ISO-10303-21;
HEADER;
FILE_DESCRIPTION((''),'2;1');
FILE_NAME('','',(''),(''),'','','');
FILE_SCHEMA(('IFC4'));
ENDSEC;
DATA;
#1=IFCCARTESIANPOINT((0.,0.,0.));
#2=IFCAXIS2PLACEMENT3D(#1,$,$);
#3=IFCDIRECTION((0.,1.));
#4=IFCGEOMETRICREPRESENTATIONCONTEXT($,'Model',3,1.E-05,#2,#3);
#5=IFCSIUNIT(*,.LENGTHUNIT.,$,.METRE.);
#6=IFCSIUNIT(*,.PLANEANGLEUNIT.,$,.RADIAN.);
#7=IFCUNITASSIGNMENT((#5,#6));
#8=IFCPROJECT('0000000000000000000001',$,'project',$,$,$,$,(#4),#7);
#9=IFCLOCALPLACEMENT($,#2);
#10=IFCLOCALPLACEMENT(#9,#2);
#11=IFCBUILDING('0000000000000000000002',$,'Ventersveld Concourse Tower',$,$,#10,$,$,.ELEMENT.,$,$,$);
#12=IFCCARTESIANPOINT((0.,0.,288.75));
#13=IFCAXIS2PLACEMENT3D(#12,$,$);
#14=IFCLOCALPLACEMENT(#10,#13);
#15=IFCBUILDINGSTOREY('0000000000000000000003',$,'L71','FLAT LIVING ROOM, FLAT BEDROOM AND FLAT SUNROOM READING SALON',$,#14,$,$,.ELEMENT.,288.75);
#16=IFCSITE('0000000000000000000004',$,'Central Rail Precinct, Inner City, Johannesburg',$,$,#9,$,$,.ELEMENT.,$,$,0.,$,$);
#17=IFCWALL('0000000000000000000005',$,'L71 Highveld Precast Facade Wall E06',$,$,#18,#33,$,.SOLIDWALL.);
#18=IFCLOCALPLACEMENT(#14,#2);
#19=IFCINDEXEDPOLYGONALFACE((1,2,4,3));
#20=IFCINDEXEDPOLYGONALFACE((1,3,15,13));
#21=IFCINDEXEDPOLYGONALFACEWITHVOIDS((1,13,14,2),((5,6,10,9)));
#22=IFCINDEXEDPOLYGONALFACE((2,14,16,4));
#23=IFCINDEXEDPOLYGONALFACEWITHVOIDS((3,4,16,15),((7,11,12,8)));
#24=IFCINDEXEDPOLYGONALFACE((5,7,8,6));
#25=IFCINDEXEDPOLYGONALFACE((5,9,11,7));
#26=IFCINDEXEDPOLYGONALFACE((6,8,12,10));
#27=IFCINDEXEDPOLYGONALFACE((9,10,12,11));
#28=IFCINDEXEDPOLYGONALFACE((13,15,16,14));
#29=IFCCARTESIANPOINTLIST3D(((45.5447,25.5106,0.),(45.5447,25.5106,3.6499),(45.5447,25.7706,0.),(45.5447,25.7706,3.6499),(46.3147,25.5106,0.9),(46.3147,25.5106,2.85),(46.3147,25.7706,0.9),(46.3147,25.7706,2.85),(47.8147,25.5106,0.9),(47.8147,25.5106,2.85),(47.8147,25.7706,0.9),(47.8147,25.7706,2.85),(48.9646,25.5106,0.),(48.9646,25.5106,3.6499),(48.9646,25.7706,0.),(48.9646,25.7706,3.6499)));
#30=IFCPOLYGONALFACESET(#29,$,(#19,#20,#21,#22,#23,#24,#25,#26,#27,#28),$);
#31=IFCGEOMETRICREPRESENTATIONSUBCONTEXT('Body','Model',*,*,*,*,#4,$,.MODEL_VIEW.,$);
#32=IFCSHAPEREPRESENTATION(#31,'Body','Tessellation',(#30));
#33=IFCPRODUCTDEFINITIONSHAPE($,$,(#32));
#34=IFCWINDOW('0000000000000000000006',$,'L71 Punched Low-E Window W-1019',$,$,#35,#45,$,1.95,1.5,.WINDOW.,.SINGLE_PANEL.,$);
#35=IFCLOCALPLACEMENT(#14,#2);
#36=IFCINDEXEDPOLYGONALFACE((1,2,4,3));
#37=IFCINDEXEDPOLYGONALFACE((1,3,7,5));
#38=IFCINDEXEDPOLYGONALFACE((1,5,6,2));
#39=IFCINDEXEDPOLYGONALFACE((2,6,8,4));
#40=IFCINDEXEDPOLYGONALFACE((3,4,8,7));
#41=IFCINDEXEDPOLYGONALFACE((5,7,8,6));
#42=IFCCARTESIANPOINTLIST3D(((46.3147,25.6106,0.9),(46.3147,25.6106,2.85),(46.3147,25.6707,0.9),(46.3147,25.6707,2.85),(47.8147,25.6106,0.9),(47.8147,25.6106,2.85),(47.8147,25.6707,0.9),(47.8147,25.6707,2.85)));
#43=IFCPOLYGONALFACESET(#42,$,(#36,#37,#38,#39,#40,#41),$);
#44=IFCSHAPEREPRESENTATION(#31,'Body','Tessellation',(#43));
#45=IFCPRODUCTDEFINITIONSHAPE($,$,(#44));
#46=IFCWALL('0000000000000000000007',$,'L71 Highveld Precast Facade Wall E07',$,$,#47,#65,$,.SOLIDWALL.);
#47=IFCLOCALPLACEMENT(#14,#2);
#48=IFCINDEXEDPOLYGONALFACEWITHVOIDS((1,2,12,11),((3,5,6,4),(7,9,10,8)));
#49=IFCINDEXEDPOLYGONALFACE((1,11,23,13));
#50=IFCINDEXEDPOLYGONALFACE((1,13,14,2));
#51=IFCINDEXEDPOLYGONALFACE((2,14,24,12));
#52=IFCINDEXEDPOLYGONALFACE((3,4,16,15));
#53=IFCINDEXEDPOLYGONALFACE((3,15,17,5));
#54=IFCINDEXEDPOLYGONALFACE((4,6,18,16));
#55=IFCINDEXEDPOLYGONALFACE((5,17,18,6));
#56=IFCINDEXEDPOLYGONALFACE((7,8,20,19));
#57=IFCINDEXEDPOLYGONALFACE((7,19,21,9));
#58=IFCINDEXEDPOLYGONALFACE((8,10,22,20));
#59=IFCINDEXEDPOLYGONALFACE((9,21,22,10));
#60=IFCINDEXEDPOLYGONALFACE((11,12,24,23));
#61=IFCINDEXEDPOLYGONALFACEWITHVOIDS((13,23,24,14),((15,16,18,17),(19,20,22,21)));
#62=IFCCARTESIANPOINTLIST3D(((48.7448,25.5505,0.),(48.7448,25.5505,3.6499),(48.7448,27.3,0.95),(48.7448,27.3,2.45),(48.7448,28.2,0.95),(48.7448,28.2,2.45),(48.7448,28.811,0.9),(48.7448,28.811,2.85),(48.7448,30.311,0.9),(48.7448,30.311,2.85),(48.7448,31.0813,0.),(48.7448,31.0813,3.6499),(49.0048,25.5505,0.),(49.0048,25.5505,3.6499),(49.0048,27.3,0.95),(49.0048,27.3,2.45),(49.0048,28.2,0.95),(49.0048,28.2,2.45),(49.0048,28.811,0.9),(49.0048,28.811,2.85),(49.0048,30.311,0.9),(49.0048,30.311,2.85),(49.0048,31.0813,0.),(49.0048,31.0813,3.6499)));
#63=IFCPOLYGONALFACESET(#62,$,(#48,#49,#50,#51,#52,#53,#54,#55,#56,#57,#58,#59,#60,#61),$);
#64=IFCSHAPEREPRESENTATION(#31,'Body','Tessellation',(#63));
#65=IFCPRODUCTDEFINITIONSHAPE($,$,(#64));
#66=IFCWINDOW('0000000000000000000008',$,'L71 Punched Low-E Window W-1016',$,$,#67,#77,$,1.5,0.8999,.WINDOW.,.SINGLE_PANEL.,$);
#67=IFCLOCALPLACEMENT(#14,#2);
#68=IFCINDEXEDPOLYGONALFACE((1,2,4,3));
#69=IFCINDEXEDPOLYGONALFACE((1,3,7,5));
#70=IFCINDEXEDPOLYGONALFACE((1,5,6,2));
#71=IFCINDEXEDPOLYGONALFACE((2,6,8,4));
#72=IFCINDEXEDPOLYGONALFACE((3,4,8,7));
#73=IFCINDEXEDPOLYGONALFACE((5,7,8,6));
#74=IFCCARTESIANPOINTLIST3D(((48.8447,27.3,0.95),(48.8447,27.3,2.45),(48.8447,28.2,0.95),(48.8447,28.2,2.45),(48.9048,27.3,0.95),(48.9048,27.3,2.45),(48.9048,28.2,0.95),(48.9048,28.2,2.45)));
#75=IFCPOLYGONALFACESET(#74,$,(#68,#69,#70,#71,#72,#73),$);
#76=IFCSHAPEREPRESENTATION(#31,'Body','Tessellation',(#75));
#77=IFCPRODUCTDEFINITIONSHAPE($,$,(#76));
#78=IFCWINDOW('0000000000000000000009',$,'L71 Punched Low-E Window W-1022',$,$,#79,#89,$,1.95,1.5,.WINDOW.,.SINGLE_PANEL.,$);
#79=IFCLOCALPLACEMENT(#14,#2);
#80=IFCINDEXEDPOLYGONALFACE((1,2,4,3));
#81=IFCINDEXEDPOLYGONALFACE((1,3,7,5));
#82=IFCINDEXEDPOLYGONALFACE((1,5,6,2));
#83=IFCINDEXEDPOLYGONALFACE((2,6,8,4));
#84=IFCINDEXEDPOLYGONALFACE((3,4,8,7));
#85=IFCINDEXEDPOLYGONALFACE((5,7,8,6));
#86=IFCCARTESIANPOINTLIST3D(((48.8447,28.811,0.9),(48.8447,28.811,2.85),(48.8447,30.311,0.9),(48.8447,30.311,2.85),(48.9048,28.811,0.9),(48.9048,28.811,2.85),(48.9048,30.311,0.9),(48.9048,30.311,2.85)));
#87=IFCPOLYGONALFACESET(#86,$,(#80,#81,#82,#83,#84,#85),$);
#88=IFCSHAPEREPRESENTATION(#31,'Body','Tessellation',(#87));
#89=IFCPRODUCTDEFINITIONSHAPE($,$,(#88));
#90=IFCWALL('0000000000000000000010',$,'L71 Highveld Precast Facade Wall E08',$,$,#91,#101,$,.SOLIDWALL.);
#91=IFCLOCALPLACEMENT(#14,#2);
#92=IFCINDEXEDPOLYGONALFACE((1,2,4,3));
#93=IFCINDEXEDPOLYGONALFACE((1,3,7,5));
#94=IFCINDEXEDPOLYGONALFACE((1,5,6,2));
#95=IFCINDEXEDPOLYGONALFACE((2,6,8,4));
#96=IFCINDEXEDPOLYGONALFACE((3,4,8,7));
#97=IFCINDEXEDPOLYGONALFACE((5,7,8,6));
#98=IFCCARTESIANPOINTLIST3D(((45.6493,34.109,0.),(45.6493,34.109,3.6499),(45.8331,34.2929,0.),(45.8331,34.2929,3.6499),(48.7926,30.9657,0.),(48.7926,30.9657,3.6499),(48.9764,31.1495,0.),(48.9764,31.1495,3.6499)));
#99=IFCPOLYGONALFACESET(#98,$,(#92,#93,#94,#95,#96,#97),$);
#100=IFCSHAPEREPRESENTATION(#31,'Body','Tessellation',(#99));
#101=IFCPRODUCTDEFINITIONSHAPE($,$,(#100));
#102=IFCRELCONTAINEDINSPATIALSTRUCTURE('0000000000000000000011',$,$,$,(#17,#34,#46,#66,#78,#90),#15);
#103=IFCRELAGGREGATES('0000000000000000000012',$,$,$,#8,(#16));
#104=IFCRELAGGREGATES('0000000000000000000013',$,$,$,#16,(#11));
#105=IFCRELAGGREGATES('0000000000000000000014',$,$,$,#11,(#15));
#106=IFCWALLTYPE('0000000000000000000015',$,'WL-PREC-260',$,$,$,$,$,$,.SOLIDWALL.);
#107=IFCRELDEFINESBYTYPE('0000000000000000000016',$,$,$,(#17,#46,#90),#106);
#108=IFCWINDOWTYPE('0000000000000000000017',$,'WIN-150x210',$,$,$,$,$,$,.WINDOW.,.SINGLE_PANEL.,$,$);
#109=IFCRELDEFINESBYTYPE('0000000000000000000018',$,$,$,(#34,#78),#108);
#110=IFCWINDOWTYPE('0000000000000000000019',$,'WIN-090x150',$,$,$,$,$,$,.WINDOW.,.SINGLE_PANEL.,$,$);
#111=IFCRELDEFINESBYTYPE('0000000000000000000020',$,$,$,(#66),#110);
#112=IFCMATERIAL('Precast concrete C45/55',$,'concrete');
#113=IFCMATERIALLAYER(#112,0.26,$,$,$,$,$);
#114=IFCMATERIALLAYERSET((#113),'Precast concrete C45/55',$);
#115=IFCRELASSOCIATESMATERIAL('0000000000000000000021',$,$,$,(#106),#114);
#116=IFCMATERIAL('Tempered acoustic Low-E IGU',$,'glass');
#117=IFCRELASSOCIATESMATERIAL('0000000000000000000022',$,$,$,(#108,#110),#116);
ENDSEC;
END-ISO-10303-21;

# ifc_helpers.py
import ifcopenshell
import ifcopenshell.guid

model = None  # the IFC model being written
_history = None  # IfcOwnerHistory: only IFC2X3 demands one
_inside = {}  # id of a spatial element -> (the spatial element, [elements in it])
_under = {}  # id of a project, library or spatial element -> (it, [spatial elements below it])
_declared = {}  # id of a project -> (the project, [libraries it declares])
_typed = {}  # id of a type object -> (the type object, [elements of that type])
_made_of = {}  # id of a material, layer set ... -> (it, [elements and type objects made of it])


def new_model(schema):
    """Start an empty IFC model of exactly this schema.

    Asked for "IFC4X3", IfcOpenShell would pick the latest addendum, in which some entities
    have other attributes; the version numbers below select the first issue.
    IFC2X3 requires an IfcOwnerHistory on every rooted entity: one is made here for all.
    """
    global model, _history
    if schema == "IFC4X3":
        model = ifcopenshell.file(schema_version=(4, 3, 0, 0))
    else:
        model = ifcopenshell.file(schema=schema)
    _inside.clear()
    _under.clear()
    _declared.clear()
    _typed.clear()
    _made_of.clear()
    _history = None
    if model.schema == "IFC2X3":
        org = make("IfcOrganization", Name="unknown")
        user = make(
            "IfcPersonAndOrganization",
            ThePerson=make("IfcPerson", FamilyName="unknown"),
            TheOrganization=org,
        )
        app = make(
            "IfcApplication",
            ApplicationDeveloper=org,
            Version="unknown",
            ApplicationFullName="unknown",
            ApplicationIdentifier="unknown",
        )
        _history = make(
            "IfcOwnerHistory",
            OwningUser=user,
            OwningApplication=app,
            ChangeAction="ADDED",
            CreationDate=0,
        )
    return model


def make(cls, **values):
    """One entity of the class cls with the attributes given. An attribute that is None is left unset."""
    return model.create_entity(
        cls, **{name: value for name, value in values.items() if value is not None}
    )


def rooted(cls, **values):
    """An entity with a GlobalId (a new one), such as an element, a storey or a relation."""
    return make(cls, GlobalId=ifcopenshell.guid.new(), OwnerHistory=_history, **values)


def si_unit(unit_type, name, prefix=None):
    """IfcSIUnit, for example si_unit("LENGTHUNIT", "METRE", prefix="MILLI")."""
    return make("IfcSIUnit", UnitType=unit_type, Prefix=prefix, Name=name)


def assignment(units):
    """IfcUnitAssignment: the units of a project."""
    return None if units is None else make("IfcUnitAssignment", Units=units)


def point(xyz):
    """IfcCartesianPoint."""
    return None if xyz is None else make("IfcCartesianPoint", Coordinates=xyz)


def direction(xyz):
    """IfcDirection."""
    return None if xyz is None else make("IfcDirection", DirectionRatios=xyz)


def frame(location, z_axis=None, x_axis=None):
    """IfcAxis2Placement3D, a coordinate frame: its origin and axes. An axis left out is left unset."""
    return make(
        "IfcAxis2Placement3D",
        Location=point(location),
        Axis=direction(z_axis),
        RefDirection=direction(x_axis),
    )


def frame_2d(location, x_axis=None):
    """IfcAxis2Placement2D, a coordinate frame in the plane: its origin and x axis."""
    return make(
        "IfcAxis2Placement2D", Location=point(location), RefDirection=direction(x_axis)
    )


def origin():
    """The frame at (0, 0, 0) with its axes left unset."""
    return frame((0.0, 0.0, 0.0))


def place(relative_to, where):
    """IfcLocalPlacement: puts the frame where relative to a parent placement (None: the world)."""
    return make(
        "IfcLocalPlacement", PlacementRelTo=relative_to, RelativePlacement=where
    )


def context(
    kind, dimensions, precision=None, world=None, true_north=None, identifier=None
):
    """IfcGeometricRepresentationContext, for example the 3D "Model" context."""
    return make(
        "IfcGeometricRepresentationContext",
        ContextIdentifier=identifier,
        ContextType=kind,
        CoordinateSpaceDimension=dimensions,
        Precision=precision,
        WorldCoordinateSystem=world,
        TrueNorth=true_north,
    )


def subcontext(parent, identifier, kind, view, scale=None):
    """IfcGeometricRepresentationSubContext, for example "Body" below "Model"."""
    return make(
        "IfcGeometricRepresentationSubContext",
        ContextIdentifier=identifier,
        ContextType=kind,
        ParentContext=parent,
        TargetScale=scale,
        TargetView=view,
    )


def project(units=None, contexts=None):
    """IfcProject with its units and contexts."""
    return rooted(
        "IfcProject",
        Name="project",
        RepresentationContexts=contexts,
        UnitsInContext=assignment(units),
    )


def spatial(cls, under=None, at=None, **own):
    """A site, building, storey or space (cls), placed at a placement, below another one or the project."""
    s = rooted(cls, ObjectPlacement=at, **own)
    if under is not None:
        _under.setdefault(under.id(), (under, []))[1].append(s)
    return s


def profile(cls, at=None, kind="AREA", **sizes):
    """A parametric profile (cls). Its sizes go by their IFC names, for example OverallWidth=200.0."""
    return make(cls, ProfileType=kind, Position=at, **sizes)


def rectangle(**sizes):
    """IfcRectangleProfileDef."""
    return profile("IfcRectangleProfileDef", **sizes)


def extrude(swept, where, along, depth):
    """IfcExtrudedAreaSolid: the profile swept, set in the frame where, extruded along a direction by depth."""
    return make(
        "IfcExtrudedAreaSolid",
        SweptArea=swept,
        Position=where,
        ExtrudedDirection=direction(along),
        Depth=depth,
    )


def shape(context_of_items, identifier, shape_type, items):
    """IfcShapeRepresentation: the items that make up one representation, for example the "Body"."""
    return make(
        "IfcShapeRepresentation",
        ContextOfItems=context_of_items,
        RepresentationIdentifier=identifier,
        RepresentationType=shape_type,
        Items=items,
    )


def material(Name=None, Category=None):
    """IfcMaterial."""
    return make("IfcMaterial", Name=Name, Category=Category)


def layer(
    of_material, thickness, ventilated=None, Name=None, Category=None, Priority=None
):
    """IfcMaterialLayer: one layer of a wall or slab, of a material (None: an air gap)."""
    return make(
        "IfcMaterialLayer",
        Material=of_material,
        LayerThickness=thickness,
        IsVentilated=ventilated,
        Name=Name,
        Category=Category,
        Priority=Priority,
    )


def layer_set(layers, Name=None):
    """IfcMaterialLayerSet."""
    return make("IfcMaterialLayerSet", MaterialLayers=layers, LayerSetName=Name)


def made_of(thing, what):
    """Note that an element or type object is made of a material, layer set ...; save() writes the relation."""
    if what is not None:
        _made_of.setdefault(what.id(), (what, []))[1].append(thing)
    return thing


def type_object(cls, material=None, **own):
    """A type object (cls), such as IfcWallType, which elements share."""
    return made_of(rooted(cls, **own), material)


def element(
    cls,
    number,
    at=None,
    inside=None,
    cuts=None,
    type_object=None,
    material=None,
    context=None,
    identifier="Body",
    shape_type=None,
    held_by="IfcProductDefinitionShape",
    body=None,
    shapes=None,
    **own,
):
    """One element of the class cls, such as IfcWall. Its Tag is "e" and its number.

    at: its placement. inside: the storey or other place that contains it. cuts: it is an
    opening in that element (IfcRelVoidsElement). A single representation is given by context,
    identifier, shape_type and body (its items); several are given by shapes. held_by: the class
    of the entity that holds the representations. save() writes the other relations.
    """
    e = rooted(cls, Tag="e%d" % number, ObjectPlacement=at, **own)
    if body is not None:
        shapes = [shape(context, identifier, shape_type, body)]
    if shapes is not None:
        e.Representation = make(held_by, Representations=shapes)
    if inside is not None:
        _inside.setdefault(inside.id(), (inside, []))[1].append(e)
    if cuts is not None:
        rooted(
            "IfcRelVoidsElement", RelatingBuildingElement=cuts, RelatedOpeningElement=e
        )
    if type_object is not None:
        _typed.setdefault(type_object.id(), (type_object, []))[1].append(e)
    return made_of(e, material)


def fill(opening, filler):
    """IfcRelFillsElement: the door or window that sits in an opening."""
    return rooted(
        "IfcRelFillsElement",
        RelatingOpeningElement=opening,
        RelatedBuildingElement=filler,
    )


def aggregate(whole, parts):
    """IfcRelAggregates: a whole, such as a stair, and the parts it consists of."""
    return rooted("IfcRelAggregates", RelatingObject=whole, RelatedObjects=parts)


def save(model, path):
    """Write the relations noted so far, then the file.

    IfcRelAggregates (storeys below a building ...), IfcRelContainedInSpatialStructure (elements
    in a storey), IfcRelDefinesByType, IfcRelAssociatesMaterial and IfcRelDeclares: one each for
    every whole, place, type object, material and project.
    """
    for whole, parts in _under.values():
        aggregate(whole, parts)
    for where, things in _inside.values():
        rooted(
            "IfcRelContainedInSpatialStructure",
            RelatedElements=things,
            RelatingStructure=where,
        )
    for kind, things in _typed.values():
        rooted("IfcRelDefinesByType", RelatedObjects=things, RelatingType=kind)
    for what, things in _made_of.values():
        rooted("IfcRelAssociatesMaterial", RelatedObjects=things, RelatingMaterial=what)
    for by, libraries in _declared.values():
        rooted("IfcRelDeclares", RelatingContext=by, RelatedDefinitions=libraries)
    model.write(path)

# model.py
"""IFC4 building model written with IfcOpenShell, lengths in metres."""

from ifc_helpers import new_model, si_unit, direction, frame, frame_2d, origin, place, context, subcontext, project, spatial, rectangle, extrude, material, layer, layer_set, type_object, element, fill, save


model = new_model("IFC4")

# Units and contexts
model_context = context("Model", 3, precision=1e-05, world=origin(), true_north=direction((0.0, 1.0)))
body_context = subcontext(model_context, "Body", "Model", "MODEL_VIEW")
ifc_project = project(units=[si_unit("LENGTHUNIT", "METRE"), si_unit("PLANEANGLEUNIT", "RADIAN")], contexts=[model_context])

# Site, building, storey
site_placement = place(None, origin())
site = spatial("IfcSite", under=ifc_project, at=site_placement, Name="Central Rail Precinct, Inner City, Johannesburg", CompositionType="ELEMENT", RefElevation=0.0)
building_placement = place(site_placement, origin())
building = spatial("IfcBuilding", under=site, at=building_placement, Name="Ventersveld Concourse Tower", CompositionType="ELEMENT")
storey_placement = place(building_placement, frame((0.0, 0.0, 288.75)))
storey = spatial("IfcBuildingStorey", under=building, at=storey_placement, Name="L71", Description="FLAT LIVING ROOM, FLAT BEDROOM AND FLAT SUNROOM READING SALON", CompositionType="ELEMENT", Elevation=288.75)

# Wall, opening, window
ifc_material_1 = material(Name="Precast concrete C45/55", Category="concrete")
ifc_layer_1 = layer(ifc_material_1, 0.26)
ifc_layer_set_1 = layer_set([ifc_layer_1], Name="Precast concrete C45/55")
wall_type_1 = type_object("IfcWallType", Name="WL-PREC-260", PredefinedType="SOLIDWALL", material=ifc_layer_set_1)
wall_1_placement = place(storey_placement, frame((45.5447, 25.6406, 0.0), z_axis=(0.0, 0.0, 1.0), x_axis=(1.0, 0.0, 0.0)))
wall_1 = element("IfcWall", 1, at=wall_1_placement, inside=storey, type_object=wall_type_1, Name="L71 Highveld Precast Facade Wall E06", PredefinedType="SOLIDWALL", context=body_context, shape_type="SweptSolid", body=[
    extrude(rectangle(XDim=3.4199, YDim=0.26, at=frame_2d((1.71, 0.0))), origin(), (0.0, 0.0, 1.0), 3.6499),
])
opening_1_placement = place(wall_1_placement, frame((0.77, 0.0, 0.8999)))
opening_1 = element("IfcOpeningElement", 2, at=opening_1_placement, cuts=wall_1, PredefinedType="OPENING", context=body_context, shape_type="SweptSolid", body=[
    extrude(rectangle(XDim=1.5, YDim=1.95, at=frame_2d((0.75, 0.9751))), frame((0.0, 0.1401, 0.0), z_axis=(0.0, -1.0, 0.0), x_axis=(1.0, 0.0, 0.0)), (0.0, 0.0, 1.0), 0.28),
])
ifc_material_2 = material(Name="Tempered acoustic Low-E IGU", Category="glass")
window_type_1 = type_object("IfcWindowType", Name="WIN-150x210", PartitioningType="SINGLE_PANEL", PredefinedType="WINDOW", material=ifc_material_2)
window_1_placement = place(opening_1_placement, origin())
window_1 = element("IfcWindow", 3, at=window_1_placement, inside=storey, type_object=window_type_1, Name="L71 Punched Low-E Window W-1019", OverallHeight=1.95, OverallWidth=1.5, PartitioningType="SINGLE_PANEL", PredefinedType="WINDOW", context=body_context, shape_type="SweptSolid", body=[
    extrude(rectangle(XDim=1.5, YDim=1.95, at=frame_2d((0.75, 0.9751))), frame((0.0, 0.03, 0.0), z_axis=(0.0, -1.0, 0.0), x_axis=(1.0, 0.0, 0.0)), (0.0, 0.0, 1.0), 0.0601),
])
fill(opening_1, window_1)

# Wall, openings, windows
wall_2_placement = place(storey_placement, frame((48.8748, 25.5505, 0.0), z_axis=(0.0, 0.0, 1.0), x_axis=(0.0, 1.0, 0.0)))
wall_2 = element("IfcWall", 4, at=wall_2_placement, inside=storey, type_object=wall_type_1, Name="L71 Highveld Precast Facade Wall E07", PredefinedType="SOLIDWALL", context=body_context, shape_type="SweptSolid", body=[
    extrude(rectangle(XDim=5.5308, YDim=0.26, at=frame_2d((2.7654, 0.0))), origin(), (0.0, 0.0, 1.0), 3.6499),
])
opening_2_placement = place(wall_2_placement, frame((1.7495, 0.0, 0.95)))
opening_2 = element("IfcOpeningElement", 5, at=opening_2_placement, cuts=wall_2, PredefinedType="OPENING", context=body_context, shape_type="SweptSolid", body=[
    extrude(rectangle(XDim=0.8999, YDim=1.5, at=frame_2d((0.45, 0.75))), frame((0.0, 0.1401, 0.0), z_axis=(0.0, -1.0, 0.0), x_axis=(1.0, 0.0, 0.0)), (0.0, 0.0, 1.0), 0.28),
])
opening_3_placement = place(wall_2_placement, frame((3.2605, 0.0, 0.8999)))
opening_3 = element("IfcOpeningElement", 6, at=opening_3_placement, cuts=wall_2, PredefinedType="OPENING", context=body_context, shape_type="SweptSolid", body=[
    extrude(rectangle(XDim=1.5, YDim=1.95, at=frame_2d((0.75, 0.9751))), frame((0.0, 0.1401, 0.0), z_axis=(0.0, -1.0, 0.0), x_axis=(1.0, 0.0, 0.0)), (0.0, 0.0, 1.0), 0.28),
])
window_type_2 = type_object("IfcWindowType", Name="WIN-090x150", PartitioningType="SINGLE_PANEL", PredefinedType="WINDOW", material=ifc_material_2)
window_2_placement = place(opening_2_placement, origin())
window_2 = element("IfcWindow", 7, at=window_2_placement, inside=storey, type_object=window_type_2, Name="L71 Punched Low-E Window W-1016", OverallHeight=1.5, OverallWidth=0.8999, PartitioningType="SINGLE_PANEL", PredefinedType="WINDOW", context=body_context, shape_type="SweptSolid", body=[
    extrude(rectangle(XDim=0.8999, YDim=1.5, at=frame_2d((0.45, 0.75))), frame((0.0, 0.03, 0.0), z_axis=(0.0, -1.0, 0.0), x_axis=(1.0, 0.0, 0.0)), (0.0, 0.0, 1.0), 0.0601),
])
fill(opening_2, window_2)
window_3_placement = place(opening_3_placement, origin())
window_3 = element("IfcWindow", 8, at=window_3_placement, inside=storey, type_object=window_type_1, Name="L71 Punched Low-E Window W-1022", OverallHeight=1.95, OverallWidth=1.5, PartitioningType="SINGLE_PANEL", PredefinedType="WINDOW", context=body_context, shape_type="SweptSolid", body=[
    extrude(rectangle(XDim=1.5, YDim=1.95, at=frame_2d((0.75, 0.9751))), frame((0.0, 0.03, 0.0), z_axis=(0.0, -1.0, 0.0), x_axis=(1.0, 0.0, 0.0)), (0.0, 0.0, 1.0), 0.0601),
])
fill(opening_3, window_3)

# Wall
wall_3_placement = place(storey_placement, frame((48.8845, 31.0576, 0.0), z_axis=(0.0, 0.0, 1.0), x_axis=(-0.707107, 0.707107, 0.0)))
element("IfcWall", 9, at=wall_3_placement, inside=storey, type_object=wall_type_1, Name="L71 Highveld Precast Facade Wall E08", PredefinedType="SOLIDWALL", context=body_context, shape_type="SweptSolid", body=[
    extrude(rectangle(XDim=4.4453, YDim=0.26, at=frame_2d((2.2227, 0.0))), origin(), (0.0, 0.0, 1.0), 3.6499),
])

save(model, "model.ifc")
